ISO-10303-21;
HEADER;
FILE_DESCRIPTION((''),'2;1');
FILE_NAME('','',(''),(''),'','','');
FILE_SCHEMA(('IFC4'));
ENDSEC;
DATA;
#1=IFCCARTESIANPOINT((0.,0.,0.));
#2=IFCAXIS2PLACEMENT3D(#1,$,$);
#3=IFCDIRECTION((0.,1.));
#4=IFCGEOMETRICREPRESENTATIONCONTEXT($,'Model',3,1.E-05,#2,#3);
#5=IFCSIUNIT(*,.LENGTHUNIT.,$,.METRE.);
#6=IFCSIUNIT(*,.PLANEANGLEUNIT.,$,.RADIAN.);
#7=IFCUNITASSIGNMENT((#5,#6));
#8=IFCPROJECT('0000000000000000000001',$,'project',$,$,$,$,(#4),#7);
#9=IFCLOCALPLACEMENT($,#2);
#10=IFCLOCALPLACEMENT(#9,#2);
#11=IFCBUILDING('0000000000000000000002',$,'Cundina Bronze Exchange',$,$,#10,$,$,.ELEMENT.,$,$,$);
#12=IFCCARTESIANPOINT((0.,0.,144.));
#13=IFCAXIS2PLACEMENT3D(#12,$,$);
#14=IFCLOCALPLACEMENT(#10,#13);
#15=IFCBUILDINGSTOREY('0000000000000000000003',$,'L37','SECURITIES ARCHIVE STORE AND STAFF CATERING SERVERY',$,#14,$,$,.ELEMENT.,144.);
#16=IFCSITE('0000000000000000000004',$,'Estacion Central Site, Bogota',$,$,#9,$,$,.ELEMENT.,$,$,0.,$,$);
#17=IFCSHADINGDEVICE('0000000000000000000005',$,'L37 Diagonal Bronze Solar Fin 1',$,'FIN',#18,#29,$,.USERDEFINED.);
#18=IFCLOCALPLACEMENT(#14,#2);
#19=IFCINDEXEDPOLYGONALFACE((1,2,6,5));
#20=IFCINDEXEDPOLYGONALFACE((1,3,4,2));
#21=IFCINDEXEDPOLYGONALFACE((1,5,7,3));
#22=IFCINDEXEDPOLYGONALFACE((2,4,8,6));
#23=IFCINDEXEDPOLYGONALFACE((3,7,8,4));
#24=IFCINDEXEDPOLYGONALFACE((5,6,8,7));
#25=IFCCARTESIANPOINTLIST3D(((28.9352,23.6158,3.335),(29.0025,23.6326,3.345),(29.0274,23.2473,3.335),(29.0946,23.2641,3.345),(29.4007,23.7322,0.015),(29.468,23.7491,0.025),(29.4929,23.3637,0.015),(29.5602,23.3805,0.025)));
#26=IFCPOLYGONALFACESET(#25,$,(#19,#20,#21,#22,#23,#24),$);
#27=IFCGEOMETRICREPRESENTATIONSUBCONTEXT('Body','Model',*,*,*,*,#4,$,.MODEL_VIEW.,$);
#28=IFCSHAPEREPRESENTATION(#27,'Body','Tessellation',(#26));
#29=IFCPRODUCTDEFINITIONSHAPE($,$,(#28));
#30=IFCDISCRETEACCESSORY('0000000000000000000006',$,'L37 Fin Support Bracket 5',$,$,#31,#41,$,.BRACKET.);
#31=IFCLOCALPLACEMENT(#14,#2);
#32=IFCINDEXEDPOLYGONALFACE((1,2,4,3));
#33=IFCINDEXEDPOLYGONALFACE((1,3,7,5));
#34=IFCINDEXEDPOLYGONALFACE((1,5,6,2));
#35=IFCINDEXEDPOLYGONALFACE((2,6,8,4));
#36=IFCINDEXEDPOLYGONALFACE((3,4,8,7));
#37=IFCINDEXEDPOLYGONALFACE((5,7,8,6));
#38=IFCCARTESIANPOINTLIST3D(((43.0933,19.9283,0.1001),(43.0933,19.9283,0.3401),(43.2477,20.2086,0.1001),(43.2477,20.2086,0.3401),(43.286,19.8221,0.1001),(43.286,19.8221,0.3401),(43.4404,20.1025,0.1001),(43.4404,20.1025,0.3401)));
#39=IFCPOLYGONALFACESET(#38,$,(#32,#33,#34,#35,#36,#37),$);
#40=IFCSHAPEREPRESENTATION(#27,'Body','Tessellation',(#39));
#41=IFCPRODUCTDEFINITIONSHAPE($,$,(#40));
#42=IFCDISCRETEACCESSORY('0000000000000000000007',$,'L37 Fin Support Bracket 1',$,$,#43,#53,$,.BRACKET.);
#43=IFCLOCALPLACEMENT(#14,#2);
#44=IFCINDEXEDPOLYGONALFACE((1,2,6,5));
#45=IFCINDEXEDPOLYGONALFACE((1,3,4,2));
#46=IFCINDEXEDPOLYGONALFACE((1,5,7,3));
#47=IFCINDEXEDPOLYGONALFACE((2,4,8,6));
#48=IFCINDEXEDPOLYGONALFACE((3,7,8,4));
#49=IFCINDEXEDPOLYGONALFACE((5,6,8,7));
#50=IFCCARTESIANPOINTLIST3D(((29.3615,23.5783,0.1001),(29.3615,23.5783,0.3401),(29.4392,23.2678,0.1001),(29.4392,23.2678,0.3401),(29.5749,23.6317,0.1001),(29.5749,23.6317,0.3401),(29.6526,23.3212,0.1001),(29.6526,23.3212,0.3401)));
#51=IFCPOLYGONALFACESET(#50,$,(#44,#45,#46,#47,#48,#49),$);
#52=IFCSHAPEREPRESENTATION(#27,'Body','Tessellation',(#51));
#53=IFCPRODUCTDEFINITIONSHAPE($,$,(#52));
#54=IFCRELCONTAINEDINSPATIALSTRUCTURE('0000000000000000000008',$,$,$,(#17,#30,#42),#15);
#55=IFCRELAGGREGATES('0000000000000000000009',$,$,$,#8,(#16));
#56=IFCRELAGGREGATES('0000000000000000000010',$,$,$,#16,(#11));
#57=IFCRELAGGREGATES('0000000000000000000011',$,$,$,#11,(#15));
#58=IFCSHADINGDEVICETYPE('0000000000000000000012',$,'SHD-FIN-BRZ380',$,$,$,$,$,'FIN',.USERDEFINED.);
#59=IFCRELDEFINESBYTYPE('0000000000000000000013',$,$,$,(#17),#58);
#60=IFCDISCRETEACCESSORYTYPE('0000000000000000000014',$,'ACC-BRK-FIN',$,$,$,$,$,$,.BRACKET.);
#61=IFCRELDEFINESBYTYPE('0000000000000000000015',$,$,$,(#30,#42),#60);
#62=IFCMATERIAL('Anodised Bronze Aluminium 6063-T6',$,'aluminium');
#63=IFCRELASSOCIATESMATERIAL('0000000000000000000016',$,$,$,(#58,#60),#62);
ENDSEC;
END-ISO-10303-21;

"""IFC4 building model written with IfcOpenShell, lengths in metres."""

from ifc_helpers import new_model, si_unit, direction, frame, origin, origin_2d, place, context, subcontext, project, spatial, rectangle, extrude, material, material_profile, profile_set, type_object, element, save


model = new_model("IFC4")

# Units and contexts
model_context = context("Model", 3, precision=1e-05, world=origin(), true_north=direction((0.0, 1.0)))
body_context = subcontext(model_context, "Body", "Model", "MODEL_VIEW")
ifc_project = project(units=[si_unit("LENGTHUNIT", "METRE"), si_unit("PLANEANGLEUNIT", "RADIAN")], contexts=[model_context])

# Site, building, storey
site_placement = place(None, origin())
site = spatial("IfcSite", under=ifc_project, at=site_placement, Name="Estacion Central Site, Bogota", CompositionType="ELEMENT", RefElevation=0.0)
building_placement = place(site_placement, origin())
building = spatial("IfcBuilding", under=site, at=building_placement, Name="Cundina Bronze Exchange", CompositionType="ELEMENT")
storey_placement = place(building_placement, frame((0.0, 0.0, 144.0)))
storey = spatial("IfcBuildingStorey", under=building, at=storey_placement, Name="L37", Description="SECURITIES ARCHIVE STORE AND STAFF CATERING SERVERY", CompositionType="ELEMENT", Elevation=144.0)

# Shared definitions
ifc_material_1 = material(Name="Anodised Bronze Aluminium 6063-T6", Category="aluminium")

# Shading device
ifc_material_profile_1 = material_profile(ifc_material_1, rectangle(XDim=0.0701, YDim=0.3799, at=origin_2d()), Name="FIN70X380", Category="aluminium")
ifc_profile_set_1 = profile_set([ifc_material_profile_1], Name="Anodised Bronze Aluminium 6063-T6")
shading_device_type = type_object("IfcShadingDeviceType", Name="SHD-FIN-BRZ380", ElementType="FIN", PredefinedType="USERDEFINED", material=ifc_profile_set_1)
for number, where, z_axis, x_axis, name in (
    (1, (29.4805, 23.5564, 0.02), (-0.138788, -0.034715, 0.989713), (0.960133, 0.240159, 0.143064), "L37 Diagonal Bronze Solar Fin 1"),
):
    element("IfcShadingDevice", number, at=place(storey_placement, frame(where, z_axis=z_axis, x_axis=x_axis)), inside=storey, type_object=shading_device_type, Name=name, ObjectType="FIN", PredefinedType="USERDEFINED", context=body_context, shape_type="SweptSolid", body=[
        extrude(rectangle(XDim=0.0701, YDim=0.3799, at=origin_2d()), origin(), (0.0, 0.0, 1.0), 3.3545),
    ])

# Discrete accessories
discrete_accessory_type = type_object("IfcDiscreteAccessoryType", Name="ACC-BRK-FIN", PredefinedType="BRACKET", material=ifc_material_1)
for number, where, z_axis, x_axis, name in (
    (2, (43.2668, 20.0154, 0.1001), (0.0, 0.0, 1.0), (-0.875869, 0.482549, 0.0), "L37 Fin Support Bracket 5"),
    (3, (29.5071, 23.4497, 0.1001), (0.0, 0.0, 1.0), (-0.970093, -0.242735, 0.0), "L37 Fin Support Bracket 1"),
):
    element("IfcDiscreteAccessory", number, at=place(storey_placement, frame(where, z_axis=z_axis, x_axis=x_axis)), inside=storey, type_object=discrete_accessory_type, Name=name, PredefinedType="BRACKET", context=body_context, shape_type="SweptSolid", body=[
        extrude(rectangle(XDim=0.22, YDim=0.3201, at=origin_2d()), origin(), (0.0, 0.0, 1.0), 0.24),
    ])

save(model, "model.ifc")
